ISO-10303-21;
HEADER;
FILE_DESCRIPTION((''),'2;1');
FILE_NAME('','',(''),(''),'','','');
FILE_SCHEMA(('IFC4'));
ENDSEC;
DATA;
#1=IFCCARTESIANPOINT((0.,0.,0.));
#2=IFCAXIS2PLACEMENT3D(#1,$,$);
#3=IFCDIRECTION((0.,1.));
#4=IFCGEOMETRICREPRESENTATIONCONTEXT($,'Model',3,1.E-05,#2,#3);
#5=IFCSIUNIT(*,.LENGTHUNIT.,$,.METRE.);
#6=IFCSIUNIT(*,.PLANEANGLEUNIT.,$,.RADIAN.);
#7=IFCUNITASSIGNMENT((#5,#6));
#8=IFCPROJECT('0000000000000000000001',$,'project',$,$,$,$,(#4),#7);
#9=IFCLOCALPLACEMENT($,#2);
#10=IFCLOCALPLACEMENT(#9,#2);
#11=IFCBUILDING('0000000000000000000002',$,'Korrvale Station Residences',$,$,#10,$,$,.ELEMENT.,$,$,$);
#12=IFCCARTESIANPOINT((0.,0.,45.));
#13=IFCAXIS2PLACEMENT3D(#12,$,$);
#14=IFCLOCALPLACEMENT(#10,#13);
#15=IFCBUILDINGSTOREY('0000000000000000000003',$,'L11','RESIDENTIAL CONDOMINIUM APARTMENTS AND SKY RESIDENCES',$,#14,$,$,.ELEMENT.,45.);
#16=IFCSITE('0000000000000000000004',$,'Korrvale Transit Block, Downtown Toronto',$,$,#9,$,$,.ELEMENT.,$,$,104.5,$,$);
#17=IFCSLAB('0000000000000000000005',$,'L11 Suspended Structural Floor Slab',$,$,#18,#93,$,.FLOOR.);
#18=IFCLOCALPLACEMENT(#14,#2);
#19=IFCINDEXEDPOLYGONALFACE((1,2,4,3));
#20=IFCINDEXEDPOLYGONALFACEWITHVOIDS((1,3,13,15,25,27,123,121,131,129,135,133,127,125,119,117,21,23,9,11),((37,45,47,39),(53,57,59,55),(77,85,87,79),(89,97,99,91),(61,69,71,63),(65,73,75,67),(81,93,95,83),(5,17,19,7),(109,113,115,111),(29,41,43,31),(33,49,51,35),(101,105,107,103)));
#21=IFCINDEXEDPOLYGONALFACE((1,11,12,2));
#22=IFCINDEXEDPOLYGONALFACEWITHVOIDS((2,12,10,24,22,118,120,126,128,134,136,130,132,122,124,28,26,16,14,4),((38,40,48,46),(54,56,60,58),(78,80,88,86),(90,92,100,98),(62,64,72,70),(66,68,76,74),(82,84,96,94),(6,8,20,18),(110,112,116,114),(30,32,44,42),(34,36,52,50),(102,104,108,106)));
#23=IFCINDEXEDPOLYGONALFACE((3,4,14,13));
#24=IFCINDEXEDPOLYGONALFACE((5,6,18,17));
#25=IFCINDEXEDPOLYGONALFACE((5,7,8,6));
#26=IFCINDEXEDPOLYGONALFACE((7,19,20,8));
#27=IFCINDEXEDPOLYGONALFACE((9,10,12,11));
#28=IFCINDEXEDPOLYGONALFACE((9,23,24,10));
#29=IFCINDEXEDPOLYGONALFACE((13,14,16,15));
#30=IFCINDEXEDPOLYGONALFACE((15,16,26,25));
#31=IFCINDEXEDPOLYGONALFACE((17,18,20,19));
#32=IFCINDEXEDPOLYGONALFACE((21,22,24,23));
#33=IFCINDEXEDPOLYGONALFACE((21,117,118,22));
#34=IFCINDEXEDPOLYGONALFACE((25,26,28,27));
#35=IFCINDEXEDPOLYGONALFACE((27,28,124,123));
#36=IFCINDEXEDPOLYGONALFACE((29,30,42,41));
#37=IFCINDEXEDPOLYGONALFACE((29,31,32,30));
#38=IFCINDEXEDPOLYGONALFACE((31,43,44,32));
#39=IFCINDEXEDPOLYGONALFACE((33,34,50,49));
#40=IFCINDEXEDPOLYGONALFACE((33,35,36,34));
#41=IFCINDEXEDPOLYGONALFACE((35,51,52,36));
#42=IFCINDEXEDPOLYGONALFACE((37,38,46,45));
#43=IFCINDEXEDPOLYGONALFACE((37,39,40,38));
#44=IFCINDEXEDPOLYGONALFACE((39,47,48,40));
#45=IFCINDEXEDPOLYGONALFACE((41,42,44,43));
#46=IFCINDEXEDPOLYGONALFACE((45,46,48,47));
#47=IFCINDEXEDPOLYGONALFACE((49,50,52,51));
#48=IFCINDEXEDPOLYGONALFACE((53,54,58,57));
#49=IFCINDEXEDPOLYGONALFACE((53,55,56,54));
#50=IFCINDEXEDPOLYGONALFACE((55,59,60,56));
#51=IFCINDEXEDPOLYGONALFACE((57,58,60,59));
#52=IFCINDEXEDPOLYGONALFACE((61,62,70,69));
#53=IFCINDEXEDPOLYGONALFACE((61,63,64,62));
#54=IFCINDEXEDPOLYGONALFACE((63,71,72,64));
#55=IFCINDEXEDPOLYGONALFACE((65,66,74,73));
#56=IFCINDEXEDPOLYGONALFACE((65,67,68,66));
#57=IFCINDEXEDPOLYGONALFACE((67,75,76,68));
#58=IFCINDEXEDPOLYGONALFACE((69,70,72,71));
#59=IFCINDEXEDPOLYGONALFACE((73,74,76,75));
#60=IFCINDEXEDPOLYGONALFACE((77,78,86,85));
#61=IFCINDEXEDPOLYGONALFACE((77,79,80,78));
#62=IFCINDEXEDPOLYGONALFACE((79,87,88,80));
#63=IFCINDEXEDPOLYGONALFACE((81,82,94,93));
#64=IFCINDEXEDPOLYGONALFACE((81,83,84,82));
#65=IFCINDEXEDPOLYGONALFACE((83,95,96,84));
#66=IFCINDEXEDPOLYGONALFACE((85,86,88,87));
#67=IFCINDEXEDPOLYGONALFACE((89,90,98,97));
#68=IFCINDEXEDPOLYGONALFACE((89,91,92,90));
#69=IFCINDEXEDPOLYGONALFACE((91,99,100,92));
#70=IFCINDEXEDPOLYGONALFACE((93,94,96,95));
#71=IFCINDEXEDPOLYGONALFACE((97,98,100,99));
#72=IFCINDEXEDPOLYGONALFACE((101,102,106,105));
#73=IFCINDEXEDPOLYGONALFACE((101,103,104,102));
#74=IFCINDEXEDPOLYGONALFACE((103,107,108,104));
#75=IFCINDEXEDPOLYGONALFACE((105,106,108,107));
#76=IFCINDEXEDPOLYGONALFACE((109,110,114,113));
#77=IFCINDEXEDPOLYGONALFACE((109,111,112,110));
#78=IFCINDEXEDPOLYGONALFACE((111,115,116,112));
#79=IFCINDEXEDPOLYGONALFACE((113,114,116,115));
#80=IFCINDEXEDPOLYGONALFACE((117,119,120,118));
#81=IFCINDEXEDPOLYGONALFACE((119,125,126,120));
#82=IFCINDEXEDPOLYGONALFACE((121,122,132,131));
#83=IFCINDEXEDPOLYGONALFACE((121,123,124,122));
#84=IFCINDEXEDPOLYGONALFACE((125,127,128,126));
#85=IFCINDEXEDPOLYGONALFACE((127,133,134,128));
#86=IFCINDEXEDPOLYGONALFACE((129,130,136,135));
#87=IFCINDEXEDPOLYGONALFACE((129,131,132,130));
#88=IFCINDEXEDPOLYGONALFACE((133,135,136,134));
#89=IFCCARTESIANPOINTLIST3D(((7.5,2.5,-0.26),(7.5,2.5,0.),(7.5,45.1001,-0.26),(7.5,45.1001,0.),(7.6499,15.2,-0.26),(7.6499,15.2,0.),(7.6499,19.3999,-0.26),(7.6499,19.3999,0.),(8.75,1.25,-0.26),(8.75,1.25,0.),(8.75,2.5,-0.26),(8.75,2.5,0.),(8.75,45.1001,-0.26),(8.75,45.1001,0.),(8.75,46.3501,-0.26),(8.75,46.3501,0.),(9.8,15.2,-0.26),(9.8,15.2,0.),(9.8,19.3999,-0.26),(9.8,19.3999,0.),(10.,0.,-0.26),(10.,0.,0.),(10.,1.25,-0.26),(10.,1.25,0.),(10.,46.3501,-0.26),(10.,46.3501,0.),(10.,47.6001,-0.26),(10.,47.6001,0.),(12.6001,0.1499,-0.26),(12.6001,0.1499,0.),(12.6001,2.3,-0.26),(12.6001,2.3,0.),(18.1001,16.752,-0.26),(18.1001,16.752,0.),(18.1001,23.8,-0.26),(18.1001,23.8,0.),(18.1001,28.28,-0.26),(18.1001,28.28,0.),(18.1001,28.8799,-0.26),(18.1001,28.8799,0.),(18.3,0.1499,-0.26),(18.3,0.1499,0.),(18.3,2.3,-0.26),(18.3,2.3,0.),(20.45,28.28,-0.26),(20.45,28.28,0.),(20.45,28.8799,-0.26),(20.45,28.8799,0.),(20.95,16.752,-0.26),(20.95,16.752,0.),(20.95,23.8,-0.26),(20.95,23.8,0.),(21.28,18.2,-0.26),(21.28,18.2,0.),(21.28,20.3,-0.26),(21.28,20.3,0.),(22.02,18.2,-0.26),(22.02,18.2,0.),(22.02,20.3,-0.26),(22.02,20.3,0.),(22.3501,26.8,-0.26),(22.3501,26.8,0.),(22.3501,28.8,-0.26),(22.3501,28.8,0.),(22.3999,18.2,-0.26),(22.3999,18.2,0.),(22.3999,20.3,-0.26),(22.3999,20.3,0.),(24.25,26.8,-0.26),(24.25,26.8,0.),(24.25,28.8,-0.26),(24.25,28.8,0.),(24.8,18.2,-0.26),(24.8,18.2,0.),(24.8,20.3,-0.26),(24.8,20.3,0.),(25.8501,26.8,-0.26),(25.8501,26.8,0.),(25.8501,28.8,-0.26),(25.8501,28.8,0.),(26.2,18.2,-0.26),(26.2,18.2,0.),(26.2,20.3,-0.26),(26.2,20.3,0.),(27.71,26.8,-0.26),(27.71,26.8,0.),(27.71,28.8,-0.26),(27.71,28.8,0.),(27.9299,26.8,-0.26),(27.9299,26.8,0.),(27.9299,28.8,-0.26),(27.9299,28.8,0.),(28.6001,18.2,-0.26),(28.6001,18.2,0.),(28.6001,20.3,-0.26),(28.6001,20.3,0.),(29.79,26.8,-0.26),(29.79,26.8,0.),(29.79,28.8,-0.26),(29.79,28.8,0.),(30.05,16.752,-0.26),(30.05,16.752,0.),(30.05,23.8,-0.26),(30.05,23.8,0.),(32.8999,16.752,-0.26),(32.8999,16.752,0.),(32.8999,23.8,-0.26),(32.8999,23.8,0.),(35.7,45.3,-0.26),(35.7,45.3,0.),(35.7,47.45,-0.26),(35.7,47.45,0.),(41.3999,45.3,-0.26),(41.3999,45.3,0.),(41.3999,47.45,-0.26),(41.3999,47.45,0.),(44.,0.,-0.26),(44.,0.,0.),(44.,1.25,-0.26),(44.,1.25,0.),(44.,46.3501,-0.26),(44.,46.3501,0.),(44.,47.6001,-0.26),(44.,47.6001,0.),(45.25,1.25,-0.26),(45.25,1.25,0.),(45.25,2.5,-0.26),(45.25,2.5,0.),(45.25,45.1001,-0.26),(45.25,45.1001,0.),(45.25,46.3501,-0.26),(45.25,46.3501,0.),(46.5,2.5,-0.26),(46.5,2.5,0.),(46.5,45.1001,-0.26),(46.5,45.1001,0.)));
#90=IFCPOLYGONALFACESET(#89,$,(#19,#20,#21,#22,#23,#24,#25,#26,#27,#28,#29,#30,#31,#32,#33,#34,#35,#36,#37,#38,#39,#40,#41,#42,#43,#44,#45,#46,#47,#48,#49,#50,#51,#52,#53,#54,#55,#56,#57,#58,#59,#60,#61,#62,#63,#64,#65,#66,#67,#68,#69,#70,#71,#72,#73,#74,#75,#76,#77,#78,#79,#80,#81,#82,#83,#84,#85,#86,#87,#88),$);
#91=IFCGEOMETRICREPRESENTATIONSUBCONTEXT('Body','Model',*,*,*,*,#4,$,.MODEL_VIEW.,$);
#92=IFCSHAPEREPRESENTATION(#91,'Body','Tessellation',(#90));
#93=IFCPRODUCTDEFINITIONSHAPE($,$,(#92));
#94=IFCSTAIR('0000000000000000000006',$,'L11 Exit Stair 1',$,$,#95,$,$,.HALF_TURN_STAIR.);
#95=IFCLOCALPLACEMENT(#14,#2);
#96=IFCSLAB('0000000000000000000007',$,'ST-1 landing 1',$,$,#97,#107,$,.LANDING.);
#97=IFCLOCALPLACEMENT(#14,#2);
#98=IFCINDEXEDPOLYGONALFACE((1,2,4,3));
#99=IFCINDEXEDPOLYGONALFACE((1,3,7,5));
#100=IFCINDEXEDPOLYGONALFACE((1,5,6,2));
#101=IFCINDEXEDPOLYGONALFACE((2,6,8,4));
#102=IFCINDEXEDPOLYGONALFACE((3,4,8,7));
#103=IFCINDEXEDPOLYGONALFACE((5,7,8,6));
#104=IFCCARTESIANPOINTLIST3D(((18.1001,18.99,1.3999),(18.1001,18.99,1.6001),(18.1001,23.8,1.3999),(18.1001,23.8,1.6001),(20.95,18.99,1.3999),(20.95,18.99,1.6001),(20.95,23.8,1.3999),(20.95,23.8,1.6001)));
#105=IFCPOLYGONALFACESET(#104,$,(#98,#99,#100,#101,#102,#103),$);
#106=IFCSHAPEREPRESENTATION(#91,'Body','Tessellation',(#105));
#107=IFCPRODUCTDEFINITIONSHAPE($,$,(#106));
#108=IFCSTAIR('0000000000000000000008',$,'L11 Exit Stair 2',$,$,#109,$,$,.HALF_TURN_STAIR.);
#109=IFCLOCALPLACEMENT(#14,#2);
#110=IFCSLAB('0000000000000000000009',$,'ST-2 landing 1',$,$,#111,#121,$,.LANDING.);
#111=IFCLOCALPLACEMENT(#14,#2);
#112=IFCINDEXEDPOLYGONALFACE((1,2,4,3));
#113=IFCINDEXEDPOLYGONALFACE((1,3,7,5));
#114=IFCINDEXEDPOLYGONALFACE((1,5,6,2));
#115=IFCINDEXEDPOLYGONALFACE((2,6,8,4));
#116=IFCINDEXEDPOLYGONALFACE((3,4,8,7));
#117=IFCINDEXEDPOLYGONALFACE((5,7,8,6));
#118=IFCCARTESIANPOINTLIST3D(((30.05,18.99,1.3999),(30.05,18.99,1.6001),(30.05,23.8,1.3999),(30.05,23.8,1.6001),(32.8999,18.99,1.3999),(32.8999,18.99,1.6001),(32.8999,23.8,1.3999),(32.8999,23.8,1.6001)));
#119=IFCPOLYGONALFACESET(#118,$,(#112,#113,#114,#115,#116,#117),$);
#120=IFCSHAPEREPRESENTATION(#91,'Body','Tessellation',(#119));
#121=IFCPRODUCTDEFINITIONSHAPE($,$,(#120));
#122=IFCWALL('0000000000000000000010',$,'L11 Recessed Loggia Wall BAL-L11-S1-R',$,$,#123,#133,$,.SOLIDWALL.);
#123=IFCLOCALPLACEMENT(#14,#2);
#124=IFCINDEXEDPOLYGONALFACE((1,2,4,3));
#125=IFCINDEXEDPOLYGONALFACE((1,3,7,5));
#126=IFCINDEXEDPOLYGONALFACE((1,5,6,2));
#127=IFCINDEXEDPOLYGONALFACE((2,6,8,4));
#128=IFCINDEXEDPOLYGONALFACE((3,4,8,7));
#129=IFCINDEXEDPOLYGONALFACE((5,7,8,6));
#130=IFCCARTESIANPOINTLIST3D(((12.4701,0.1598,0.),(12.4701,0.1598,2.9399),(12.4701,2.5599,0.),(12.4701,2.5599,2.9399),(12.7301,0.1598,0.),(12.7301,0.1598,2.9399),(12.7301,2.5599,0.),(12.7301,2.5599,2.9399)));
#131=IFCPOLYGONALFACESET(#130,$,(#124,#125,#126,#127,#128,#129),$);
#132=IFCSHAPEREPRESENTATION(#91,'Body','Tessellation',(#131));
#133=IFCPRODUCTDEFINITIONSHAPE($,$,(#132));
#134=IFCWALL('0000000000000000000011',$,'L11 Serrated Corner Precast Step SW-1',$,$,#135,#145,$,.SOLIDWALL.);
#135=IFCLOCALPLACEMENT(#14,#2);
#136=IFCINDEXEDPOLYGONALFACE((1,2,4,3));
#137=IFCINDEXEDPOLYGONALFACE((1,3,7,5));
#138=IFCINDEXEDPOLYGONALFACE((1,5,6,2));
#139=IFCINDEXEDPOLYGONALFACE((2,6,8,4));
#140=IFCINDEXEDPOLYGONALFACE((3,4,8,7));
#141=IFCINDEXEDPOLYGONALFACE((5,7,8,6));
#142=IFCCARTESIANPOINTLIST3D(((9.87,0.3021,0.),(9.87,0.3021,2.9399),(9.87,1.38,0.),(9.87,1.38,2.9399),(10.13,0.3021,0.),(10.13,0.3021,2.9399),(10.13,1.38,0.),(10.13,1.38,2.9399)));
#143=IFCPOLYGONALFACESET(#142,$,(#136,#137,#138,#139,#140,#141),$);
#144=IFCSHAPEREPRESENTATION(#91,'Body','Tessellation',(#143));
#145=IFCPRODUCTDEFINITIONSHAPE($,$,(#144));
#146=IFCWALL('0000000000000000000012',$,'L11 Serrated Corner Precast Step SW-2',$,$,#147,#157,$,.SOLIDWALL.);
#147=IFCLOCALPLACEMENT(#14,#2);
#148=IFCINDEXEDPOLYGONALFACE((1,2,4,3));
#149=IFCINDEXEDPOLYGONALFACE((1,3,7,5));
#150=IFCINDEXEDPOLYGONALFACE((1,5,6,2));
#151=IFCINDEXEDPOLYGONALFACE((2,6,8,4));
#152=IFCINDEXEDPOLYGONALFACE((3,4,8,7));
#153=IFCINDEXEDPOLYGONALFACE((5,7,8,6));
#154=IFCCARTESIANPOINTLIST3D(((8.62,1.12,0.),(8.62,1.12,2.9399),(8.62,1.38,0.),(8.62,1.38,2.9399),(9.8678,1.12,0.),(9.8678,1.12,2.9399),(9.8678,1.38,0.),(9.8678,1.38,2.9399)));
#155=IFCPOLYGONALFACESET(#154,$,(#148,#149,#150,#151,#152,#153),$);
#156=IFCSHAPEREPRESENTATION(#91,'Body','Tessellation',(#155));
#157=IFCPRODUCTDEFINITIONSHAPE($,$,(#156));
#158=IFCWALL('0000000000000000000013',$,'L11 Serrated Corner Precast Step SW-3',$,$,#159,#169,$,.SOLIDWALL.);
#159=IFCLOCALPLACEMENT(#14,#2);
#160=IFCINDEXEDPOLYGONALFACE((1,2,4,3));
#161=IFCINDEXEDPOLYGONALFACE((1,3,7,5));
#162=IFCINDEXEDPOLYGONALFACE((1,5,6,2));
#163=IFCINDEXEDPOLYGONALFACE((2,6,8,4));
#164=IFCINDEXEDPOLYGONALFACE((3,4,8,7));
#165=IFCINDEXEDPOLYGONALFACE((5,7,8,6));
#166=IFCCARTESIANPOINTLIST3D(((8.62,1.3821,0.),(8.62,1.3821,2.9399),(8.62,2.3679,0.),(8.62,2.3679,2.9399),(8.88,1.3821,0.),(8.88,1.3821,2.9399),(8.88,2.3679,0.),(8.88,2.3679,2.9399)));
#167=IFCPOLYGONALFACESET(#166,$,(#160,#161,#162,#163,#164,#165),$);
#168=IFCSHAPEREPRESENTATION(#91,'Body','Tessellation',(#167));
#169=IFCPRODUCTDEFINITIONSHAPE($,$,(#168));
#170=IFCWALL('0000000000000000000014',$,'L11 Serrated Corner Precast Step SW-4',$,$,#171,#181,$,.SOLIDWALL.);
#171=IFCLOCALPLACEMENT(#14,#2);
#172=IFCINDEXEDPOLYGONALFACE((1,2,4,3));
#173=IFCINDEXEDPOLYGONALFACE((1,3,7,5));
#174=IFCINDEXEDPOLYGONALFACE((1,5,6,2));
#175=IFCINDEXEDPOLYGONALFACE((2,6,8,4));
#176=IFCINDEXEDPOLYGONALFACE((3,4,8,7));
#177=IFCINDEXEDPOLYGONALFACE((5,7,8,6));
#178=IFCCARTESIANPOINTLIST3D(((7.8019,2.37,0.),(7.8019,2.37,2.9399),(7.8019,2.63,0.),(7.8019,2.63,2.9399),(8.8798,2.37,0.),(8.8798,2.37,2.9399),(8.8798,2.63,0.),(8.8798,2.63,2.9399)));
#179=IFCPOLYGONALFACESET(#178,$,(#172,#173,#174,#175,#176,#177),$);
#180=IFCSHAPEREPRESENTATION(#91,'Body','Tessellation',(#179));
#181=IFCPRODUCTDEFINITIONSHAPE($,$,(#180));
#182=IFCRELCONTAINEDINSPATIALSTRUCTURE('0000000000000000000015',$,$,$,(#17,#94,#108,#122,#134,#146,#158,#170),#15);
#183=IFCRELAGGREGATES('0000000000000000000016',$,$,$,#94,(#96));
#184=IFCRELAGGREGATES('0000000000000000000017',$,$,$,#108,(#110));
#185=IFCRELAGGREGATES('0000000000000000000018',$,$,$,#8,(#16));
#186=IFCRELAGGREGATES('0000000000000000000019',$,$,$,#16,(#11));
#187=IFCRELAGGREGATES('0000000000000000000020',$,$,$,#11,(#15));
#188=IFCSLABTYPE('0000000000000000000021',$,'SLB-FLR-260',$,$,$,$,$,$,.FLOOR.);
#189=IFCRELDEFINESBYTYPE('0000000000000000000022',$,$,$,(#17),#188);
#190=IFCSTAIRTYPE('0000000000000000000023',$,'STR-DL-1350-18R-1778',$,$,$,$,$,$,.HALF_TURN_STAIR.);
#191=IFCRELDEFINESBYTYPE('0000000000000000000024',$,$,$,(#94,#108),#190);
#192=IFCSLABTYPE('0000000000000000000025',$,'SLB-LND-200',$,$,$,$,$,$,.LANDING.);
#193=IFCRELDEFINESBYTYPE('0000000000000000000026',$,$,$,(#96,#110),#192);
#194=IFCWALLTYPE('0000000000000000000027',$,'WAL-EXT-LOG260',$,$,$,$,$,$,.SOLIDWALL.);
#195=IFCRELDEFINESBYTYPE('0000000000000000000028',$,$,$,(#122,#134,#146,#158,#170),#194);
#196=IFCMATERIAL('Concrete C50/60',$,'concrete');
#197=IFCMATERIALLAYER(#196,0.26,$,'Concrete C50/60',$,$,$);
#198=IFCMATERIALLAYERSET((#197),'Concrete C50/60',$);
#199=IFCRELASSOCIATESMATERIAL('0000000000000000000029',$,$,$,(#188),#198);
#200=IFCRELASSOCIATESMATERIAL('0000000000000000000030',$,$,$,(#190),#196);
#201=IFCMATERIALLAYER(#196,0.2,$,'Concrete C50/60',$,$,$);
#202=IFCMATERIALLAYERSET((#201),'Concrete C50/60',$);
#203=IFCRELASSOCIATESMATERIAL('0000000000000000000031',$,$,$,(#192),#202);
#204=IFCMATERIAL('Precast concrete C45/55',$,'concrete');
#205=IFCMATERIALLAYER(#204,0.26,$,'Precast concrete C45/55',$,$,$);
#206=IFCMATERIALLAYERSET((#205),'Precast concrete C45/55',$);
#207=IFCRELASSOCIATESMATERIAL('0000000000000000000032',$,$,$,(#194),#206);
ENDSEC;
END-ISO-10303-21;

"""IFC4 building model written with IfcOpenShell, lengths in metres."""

from ifc_helpers import new_model, si_unit, direction, frame, frame_2d, origin, place, context, subcontext, project, spatial, polyline, rectangle, outline, extrude, material, layer, layer_set, type_object, element, aggregate, save


model = new_model("IFC4")

# Units and contexts
model_context = context("Model", 3, precision=1e-05, world=origin(), true_north=direction((0.0, 1.0)))
body_context = subcontext(model_context, "Body", "Model", "MODEL_VIEW")
ifc_project = project(units=[si_unit("LENGTHUNIT", "METRE"), si_unit("PLANEANGLEUNIT", "RADIAN")], contexts=[model_context])

# Site, building, storey
site_placement = place(None, origin())
site = spatial("IfcSite", under=ifc_project, at=site_placement, Name="Korrvale Transit Block, Downtown Toronto", CompositionType="ELEMENT", RefElevation=104.5)
building_placement = place(site_placement, origin())
building = spatial("IfcBuilding", under=site, at=building_placement, Name="Korrvale Station Residences", CompositionType="ELEMENT")
storey_placement = place(building_placement, frame((0.0, 0.0, 45.0)))
storey = spatial("IfcBuildingStorey", under=building, at=storey_placement, Name="L11", Description="RESIDENTIAL CONDOMINIUM APARTMENTS AND SKY RESIDENCES", CompositionType="ELEMENT", Elevation=45.0)

# Slab
ifc_material_1 = material(Name="Concrete C50/60", Category="concrete")
ifc_layer_1 = layer(ifc_material_1, 0.26, Name="Concrete C50/60")
ifc_layer_set_1 = layer_set([ifc_layer_1], Name="Concrete C50/60")
slab_type_1 = type_object("IfcSlabType", Name="SLB-FLR-260", PredefinedType="FLOOR", material=ifc_layer_set_1)
slab_1_placement = place(storey_placement, frame((0.0, 0.0, -0.26)))
element("IfcSlab", 1, at=slab_1_placement, inside=storey, type_object=slab_type_1, Name="L11 Suspended Structural Floor Slab", PredefinedType="FLOOR", context=body_context, shape_type="SweptSolid", body=[
    extrude(outline(polyline([(10.0, 0.0), (44.0, 0.0), (44.0, 1.25), (45.25, 1.25), (45.25, 2.5), (46.5, 2.5), (46.5, 45.1001), (45.25, 45.1001), (45.25, 46.3501), (44.0, 46.3501), (44.0, 47.6001), (10.0, 47.6001), (10.0, 46.3501), (8.75, 46.3501), (8.75, 45.1001), (7.5, 45.1001), (7.5, 2.5), (8.75, 2.5), (8.75, 1.25), (10.0, 1.25), (10.0, 0.0)]), holes=[polyline([(20.95, 16.752), (20.95, 23.8), (18.1001, 23.8), (18.1001, 16.752), (20.95, 16.752)]), polyline([(32.8999, 16.752), (32.8999, 23.8), (30.05, 23.8), (30.05, 16.752), (32.8999, 16.752)]), polyline([(22.3501, 26.8), (24.25, 26.8), (24.25, 28.8), (22.3501, 28.8), (22.3501, 26.8)]), polyline([(25.8501, 26.8), (27.71, 26.8), (27.71, 28.8), (25.8501, 28.8), (25.8501, 26.8)]), polyline([(27.9299, 26.8), (29.79, 26.8), (29.79, 28.8), (27.9299, 28.8), (27.9299, 26.8)]), polyline([(22.3999, 18.2), (24.8, 18.2), (24.8, 20.3), (22.3999, 20.3), (22.3999, 18.2)]), polyline([(26.2, 18.2), (28.6001, 18.2), (28.6001, 20.3), (26.2, 20.3), (26.2, 18.2)]), polyline([(18.1001, 28.28), (20.45, 28.28), (20.45, 28.8799), (18.1001, 28.8799), (18.1001, 28.28)]), polyline([(21.28, 18.2), (22.02, 18.2), (22.02, 20.3), (21.28, 20.3), (21.28, 18.2)]), polyline([(12.6001, 0.1499), (18.3, 0.1499), (18.3, 2.3), (12.6001, 2.3), (12.6001, 0.1499)]), polyline([(35.7, 45.3), (41.3999, 45.3), (41.3999, 47.45), (35.7, 47.45), (35.7, 45.3)]), polyline([(7.6499, 15.2), (9.8, 15.2), (9.8, 19.3999), (7.6499, 19.3999), (7.6499, 15.2)])]), origin(), (0.0, 0.0, 1.0), 0.26),
])

# Stairs, slabs
stair_type = type_object("IfcStairType", Name="STR-DL-1350-18R-1778", PredefinedType="HALF_TURN_STAIR", material=ifc_material_1)
stair_1_placement = place(storey_placement, origin())
stair_1 = element("IfcStair", 2, at=stair_1_placement, inside=storey, type_object=stair_type, Name="L11 Exit Stair 1", PredefinedType="HALF_TURN_STAIR")
ifc_layer_2 = layer(ifc_material_1, 0.2, Name="Concrete C50/60")
ifc_layer_set_2 = layer_set([ifc_layer_2], Name="Concrete C50/60")
slab_type_2 = type_object("IfcSlabType", Name="SLB-LND-200", PredefinedType="LANDING", material=ifc_layer_set_2)
slab_2_placement = place(storey_placement, frame((0.0, 0.0, 1.3999)))
slab_2 = element("IfcSlab", 3, at=slab_2_placement, type_object=slab_type_2, Name="ST-1 landing 1", PredefinedType="LANDING", context=body_context, shape_type="SweptSolid", body=[
    extrude(outline(polyline([(20.95, 18.99), (20.95, 23.8), (18.1001, 23.8), (18.1001, 18.99), (20.95, 18.99)])), origin(), (0.0, 0.0, 1.0), 0.2002),
])
aggregate(stair_1, [slab_2])
stair_2_placement = place(storey_placement, origin())
stair_2 = element("IfcStair", 4, at=stair_2_placement, inside=storey, type_object=stair_type, Name="L11 Exit Stair 2", PredefinedType="HALF_TURN_STAIR")
slab_3_placement = place(storey_placement, frame((0.0, 0.0, 1.3999)))
slab_3 = element("IfcSlab", 5, at=slab_3_placement, type_object=slab_type_2, Name="ST-2 landing 1", PredefinedType="LANDING", context=body_context, shape_type="SweptSolid", body=[
    extrude(outline(polyline([(32.8999, 18.99), (32.8999, 23.8), (30.05, 23.8), (30.05, 18.99), (32.8999, 18.99)])), origin(), (0.0, 0.0, 1.0), 0.2002),
])
aggregate(stair_2, [slab_3])

# Walls
ifc_material_2 = material(Name="Precast concrete C45/55", Category="concrete")
ifc_layer_3 = layer(ifc_material_2, 0.26, Name="Precast concrete C45/55")
ifc_layer_set_3 = layer_set([ifc_layer_3], Name="Precast concrete C45/55")
wall_type_1 = type_object("IfcWallType", Name="WAL-EXT-LOG260", PredefinedType="SOLIDWALL", material=ifc_layer_set_3)
wall_1_placement = place(storey_placement, frame((12.6001, 2.5601, 0.0), z_axis=(0.0, 0.0, 1.0), x_axis=(0.0, -1.0, 0.0)))
element("IfcWall", 6, at=wall_1_placement, inside=storey, type_object=wall_type_1, Name="L11 Recessed Loggia Wall BAL-L11-S1-R", PredefinedType="SOLIDWALL", context=body_context, shape_type="SweptSolid", body=[
    extrude(rectangle(XDim=2.4001, YDim=0.26, at=frame_2d((1.2002, 0.0))), origin(), (0.0, 0.0, 1.0), 2.9399),
])
wall_2_placement = place(storey_placement, frame((10.0, 0.302, 0.0), z_axis=(0.0, 0.0, 1.0), x_axis=(0.0, 1.0, 0.0)))
element("IfcWall", 7, at=wall_2_placement, inside=storey, type_object=wall_type_1, Name="L11 Serrated Corner Precast Step SW-1", PredefinedType="SOLIDWALL", context=body_context, shape_type="SweptSolid", body=[
    extrude(rectangle(XDim=1.0779, YDim=0.26, at=frame_2d((0.5391, 0.0))), origin(), (0.0, 0.0, 1.0), 2.9399),
])
wall_3_placement = place(storey_placement, frame((9.8679, 1.25, 0.0), z_axis=(0.0, 0.0, 1.0), x_axis=(-1.0, 0.0, 0.0)))
element("IfcWall", 8, at=wall_3_placement, inside=storey, type_object=wall_type_1, Name="L11 Serrated Corner Precast Step SW-2", PredefinedType="SOLIDWALL", context=body_context, shape_type="SweptSolid", body=[
    extrude(rectangle(XDim=1.2478, YDim=0.26, at=frame_2d((0.624, 0.0))), origin(), (0.0, 0.0, 1.0), 2.9399),
])
wall_4_placement = place(storey_placement, frame((8.75, 1.3821, 0.0), z_axis=(0.0, 0.0, 1.0), x_axis=(0.0, 1.0, 0.0)))
element("IfcWall", 9, at=wall_4_placement, inside=storey, type_object=wall_type_1, Name="L11 Serrated Corner Precast Step SW-3", PredefinedType="SOLIDWALL", context=body_context, shape_type="SweptSolid", body=[
    extrude(rectangle(XDim=0.9858, YDim=0.26, at=frame_2d((0.4929, 0.0))), origin(), (0.0, 0.0, 1.0), 2.9399),
])
wall_5_placement = place(storey_placement, frame((8.8799, 2.5, 0.0), z_axis=(0.0, 0.0, 1.0), x_axis=(-1.0, 0.0, 0.0)))
element("IfcWall", 10, at=wall_5_placement, inside=storey, type_object=wall_type_1, Name="L11 Serrated Corner Precast Step SW-4", PredefinedType="SOLIDWALL", context=body_context, shape_type="SweptSolid", body=[
    extrude(rectangle(XDim=1.0779, YDim=0.26, at=frame_2d((0.5391, 0.0))), origin(), (0.0, 0.0, 1.0), 2.9399),
])

save(model, "model.ifc")
